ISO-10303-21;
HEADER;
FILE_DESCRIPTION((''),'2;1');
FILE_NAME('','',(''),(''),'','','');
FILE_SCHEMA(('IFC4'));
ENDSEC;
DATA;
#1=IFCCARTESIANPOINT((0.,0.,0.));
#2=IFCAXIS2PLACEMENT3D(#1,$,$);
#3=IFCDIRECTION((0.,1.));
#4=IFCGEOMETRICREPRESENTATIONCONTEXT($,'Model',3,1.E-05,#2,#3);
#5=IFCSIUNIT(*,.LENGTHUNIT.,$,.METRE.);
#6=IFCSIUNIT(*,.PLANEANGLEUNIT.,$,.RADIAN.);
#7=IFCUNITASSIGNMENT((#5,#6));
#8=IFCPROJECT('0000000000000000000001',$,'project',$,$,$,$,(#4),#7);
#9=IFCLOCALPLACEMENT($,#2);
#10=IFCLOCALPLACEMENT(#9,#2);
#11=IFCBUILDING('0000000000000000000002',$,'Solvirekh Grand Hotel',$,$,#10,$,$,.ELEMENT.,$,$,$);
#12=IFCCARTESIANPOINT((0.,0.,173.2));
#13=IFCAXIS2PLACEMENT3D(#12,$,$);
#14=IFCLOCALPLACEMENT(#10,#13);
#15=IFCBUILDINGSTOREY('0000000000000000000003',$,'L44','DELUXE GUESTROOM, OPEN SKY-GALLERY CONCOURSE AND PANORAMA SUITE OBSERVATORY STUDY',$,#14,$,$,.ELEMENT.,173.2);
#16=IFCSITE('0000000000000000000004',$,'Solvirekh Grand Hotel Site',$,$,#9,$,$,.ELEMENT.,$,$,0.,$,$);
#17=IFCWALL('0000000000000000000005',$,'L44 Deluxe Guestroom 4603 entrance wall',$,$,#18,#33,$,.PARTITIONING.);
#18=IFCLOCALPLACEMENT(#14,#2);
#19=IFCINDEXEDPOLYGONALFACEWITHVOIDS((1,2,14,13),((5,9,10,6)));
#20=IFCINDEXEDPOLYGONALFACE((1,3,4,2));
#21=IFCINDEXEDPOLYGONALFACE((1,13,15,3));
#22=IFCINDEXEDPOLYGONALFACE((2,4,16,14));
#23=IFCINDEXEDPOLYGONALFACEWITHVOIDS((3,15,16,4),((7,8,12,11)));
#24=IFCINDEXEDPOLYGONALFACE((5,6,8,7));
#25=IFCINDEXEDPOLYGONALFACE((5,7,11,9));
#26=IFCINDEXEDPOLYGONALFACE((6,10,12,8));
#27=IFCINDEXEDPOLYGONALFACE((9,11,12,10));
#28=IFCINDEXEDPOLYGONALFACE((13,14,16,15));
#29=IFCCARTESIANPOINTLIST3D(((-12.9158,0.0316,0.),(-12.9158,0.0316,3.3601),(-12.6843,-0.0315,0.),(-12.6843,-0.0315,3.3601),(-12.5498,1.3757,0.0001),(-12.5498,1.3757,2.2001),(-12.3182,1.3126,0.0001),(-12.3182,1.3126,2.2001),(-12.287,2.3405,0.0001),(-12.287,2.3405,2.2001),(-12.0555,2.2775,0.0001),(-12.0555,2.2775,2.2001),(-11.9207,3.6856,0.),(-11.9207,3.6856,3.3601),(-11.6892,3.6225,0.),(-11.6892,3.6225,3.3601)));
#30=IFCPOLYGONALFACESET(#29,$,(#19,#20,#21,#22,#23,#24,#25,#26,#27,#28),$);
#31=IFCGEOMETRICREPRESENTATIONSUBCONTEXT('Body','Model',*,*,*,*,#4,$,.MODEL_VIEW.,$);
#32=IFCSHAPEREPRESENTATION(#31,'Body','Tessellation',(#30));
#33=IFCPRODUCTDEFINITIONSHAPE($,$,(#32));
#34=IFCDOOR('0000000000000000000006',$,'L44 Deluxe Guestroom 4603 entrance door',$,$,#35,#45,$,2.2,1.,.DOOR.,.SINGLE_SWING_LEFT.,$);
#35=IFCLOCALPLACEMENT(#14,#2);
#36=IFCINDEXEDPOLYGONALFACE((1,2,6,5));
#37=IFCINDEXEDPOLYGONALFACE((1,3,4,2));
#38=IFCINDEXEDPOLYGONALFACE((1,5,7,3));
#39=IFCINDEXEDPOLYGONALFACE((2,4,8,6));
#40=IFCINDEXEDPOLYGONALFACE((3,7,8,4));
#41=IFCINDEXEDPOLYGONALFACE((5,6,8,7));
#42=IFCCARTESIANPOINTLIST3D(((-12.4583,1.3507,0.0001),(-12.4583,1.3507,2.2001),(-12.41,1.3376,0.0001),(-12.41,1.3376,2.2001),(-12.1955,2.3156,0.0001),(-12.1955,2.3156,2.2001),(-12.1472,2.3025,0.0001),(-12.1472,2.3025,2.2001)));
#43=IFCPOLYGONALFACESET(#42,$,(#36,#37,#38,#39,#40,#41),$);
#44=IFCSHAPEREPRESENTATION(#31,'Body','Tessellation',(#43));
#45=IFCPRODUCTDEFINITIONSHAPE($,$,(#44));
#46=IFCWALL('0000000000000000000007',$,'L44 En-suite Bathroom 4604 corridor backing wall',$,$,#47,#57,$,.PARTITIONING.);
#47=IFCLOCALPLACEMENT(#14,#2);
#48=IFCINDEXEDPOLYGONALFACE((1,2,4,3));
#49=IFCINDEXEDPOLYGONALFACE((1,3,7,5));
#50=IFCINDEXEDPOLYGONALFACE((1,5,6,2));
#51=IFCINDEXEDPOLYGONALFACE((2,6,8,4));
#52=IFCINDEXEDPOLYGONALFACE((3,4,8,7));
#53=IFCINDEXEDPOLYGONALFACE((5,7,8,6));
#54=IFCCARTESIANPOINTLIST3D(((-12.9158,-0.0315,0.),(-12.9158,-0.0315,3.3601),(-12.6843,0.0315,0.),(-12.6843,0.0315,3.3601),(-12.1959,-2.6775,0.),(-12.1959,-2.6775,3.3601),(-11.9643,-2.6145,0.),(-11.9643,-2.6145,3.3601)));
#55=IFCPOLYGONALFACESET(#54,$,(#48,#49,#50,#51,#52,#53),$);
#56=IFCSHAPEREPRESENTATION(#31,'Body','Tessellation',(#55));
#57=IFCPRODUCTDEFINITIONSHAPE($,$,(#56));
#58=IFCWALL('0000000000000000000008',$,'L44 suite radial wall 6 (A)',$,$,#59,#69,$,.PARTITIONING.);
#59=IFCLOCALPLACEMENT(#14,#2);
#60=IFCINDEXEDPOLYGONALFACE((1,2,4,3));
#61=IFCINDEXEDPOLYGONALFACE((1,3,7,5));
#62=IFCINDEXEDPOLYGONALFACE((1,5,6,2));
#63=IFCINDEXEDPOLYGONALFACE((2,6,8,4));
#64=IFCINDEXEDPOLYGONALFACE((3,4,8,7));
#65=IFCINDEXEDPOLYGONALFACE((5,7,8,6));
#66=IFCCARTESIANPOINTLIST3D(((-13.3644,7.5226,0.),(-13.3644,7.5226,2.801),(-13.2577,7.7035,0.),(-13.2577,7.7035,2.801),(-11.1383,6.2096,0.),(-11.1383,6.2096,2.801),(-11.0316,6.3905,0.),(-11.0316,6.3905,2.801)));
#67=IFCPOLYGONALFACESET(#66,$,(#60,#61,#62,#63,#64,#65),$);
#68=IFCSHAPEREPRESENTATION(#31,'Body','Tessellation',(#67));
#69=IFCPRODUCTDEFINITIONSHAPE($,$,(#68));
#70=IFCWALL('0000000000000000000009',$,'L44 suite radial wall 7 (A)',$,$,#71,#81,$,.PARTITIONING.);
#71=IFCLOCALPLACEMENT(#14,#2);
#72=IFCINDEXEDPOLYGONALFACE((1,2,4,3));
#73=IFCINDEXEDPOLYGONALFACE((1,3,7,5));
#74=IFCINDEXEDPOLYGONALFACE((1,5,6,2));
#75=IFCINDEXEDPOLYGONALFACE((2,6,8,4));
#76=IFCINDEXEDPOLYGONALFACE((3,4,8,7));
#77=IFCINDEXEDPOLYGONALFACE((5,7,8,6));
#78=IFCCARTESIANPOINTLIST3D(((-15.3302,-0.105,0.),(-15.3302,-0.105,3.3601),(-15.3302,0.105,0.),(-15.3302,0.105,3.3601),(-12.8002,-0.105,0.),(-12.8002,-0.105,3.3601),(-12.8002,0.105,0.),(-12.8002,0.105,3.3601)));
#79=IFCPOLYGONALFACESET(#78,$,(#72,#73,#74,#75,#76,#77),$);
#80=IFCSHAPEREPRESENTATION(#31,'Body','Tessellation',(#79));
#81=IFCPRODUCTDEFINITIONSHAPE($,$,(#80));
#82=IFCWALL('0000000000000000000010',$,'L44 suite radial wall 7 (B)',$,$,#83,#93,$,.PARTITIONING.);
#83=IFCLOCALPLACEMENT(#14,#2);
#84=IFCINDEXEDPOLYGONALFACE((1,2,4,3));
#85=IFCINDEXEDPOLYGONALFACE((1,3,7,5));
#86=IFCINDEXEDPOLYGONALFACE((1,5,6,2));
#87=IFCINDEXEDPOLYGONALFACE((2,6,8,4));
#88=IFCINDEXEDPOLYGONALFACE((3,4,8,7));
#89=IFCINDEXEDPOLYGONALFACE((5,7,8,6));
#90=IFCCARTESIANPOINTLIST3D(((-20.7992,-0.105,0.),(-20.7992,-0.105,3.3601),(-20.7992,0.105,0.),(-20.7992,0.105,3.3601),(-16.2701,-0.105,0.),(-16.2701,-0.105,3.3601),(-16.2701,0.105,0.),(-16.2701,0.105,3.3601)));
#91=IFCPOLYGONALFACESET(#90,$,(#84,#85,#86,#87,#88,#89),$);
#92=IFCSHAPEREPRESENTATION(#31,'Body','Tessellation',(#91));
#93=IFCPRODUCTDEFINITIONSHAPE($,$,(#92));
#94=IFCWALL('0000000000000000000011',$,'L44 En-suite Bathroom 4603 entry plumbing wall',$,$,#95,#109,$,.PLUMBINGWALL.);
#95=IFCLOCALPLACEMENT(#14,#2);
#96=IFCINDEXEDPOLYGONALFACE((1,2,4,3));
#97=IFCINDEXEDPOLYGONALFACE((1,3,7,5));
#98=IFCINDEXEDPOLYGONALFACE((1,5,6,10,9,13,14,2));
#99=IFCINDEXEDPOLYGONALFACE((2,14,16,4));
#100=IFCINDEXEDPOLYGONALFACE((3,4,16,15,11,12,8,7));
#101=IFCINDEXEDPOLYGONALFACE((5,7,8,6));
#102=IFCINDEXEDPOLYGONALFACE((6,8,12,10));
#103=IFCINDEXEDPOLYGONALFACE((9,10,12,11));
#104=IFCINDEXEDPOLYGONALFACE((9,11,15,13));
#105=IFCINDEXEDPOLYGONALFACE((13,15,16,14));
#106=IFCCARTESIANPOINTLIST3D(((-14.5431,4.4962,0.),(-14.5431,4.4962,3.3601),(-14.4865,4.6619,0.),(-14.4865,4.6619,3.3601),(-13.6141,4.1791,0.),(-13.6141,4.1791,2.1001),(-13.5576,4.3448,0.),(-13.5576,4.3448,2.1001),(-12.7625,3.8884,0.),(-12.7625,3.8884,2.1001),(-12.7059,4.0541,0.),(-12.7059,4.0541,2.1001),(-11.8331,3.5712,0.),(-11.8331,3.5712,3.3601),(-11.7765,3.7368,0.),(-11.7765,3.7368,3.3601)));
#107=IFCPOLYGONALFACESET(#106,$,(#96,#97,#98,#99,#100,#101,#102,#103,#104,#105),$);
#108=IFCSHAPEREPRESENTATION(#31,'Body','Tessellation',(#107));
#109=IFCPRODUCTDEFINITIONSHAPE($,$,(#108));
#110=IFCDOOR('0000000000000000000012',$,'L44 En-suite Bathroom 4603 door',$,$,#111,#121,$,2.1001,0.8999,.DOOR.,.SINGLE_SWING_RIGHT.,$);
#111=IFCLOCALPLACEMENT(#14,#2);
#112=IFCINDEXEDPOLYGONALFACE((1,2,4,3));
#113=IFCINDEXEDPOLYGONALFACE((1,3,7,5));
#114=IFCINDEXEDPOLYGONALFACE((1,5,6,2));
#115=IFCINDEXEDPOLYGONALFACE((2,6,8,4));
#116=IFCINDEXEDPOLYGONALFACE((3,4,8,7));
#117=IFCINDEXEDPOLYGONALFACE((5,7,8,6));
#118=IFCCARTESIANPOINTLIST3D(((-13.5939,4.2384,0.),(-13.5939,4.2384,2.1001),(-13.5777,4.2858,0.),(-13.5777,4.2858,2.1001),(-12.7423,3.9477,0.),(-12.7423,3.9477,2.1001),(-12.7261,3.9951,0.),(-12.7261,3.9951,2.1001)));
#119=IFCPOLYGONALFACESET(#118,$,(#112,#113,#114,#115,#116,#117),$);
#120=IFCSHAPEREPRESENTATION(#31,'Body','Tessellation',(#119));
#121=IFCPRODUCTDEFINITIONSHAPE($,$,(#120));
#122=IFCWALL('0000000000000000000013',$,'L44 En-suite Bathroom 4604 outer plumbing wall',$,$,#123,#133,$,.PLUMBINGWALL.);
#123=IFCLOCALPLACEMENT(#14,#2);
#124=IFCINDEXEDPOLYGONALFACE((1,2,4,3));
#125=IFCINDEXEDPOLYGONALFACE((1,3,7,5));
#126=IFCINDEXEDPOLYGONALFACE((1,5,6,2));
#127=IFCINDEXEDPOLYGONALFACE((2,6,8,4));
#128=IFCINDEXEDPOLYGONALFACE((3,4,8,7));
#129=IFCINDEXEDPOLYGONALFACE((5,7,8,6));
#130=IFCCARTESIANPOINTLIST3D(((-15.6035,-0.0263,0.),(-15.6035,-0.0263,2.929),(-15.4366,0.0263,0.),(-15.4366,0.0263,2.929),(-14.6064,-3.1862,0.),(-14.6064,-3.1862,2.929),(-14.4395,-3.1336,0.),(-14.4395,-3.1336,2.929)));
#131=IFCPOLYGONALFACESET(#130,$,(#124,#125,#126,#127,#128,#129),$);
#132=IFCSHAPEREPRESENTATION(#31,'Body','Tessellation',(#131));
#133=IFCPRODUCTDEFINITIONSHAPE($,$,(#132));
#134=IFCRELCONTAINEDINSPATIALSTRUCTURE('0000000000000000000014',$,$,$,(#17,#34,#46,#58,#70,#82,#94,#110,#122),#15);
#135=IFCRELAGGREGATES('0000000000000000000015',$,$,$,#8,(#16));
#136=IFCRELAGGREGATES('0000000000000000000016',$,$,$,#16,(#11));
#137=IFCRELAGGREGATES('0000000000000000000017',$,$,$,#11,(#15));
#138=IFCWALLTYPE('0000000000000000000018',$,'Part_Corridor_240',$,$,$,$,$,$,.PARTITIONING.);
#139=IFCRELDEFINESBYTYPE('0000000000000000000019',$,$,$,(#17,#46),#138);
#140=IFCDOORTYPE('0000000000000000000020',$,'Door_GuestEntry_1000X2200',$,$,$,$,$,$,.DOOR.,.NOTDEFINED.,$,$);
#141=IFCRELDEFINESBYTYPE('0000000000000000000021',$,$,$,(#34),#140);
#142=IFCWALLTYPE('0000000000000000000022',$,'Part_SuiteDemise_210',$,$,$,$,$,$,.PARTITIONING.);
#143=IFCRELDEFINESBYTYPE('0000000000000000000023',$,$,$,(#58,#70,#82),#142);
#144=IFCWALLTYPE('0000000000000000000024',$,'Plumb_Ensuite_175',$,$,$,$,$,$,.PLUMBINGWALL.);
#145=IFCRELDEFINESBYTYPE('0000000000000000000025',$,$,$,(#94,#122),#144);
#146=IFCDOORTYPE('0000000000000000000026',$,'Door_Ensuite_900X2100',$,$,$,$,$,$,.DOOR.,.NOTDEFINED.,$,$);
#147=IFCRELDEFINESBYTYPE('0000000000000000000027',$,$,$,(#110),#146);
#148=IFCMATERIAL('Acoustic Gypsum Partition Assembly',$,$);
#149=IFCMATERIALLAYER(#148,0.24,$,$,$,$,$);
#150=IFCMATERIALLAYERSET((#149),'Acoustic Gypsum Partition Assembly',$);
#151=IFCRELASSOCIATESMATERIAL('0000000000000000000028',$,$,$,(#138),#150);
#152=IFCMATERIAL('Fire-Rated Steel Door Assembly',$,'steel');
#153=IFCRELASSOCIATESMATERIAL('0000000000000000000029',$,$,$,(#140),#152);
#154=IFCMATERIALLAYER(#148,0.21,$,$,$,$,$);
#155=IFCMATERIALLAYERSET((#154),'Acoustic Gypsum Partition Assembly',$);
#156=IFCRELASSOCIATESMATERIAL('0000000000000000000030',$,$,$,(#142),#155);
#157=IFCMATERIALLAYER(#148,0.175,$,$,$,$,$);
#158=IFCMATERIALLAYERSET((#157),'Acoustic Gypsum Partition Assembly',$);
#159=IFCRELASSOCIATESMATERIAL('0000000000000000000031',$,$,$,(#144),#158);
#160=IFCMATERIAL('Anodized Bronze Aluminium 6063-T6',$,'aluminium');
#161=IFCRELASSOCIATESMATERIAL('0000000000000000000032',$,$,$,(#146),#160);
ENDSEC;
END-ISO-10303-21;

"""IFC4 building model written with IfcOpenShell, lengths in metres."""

from ifc_helpers import new_model, si_unit, direction, frame, frame_2d, origin, place, context, subcontext, project, spatial, rectangle, extrude, material, layer, layer_set, type_object, element, fill, save


model = new_model("IFC4")

# Units and contexts
model_context = context("Model", 3, precision=1e-05, world=origin(), true_north=direction((0.0, 1.0)))
body_context = subcontext(model_context, "Body", "Model", "MODEL_VIEW")
ifc_project = project(units=[si_unit("LENGTHUNIT", "METRE"), si_unit("PLANEANGLEUNIT", "RADIAN")], contexts=[model_context])

# Site, building, storey
site_placement = place(None, origin())
site = spatial("IfcSite", under=ifc_project, at=site_placement, Name="Solvirekh Grand Hotel Site", CompositionType="ELEMENT", RefElevation=0.0)
building_placement = place(site_placement, origin())
building = spatial("IfcBuilding", under=site, at=building_placement, Name="Solvirekh Grand Hotel", CompositionType="ELEMENT")
storey_placement = place(building_placement, frame((0.0, 0.0, 173.2)))
storey = spatial("IfcBuildingStorey", under=building, at=storey_placement, Name="L44", Description="DELUXE GUESTROOM, OPEN SKY-GALLERY CONCOURSE AND PANORAMA SUITE OBSERVATORY STUDY", CompositionType="ELEMENT", Elevation=173.2)

# Shared definitions
ifc_material_1 = material(Name="Anodized Bronze Aluminium 6063-T6", Category="aluminium")

# Wall, opening, door
ifc_material_2 = material(Name="Acoustic Gypsum Partition Assembly")
ifc_layer_1 = layer(ifc_material_2, 0.24)
ifc_layer_set_1 = layer_set([ifc_layer_1], Name="Acoustic Gypsum Partition Assembly")
wall_type_1 = type_object("IfcWallType", Name="Part_Corridor_240", PredefinedType="PARTITIONING", material=ifc_layer_set_1)
ifc_material_3 = material(Name="Fire-Rated Steel Door Assembly", Category="steel")
door_type_1 = type_object("IfcDoorType", Name="Door_GuestEntry_1000X2200", OperationType="NOTDEFINED", PredefinedType="DOOR", material=ifc_material_3)
wall_1_placement = place(storey_placement, frame((-11.8049, 3.6541, 0.0), z_axis=(0.0, 0.0, 1.0), x_axis=(-0.262763, -0.96486, 0.0)))
wall_1 = element("IfcWall", 1, at=wall_1_placement, inside=storey, type_object=wall_type_1, Name="L44 Deluxe Guestroom 4603 entrance wall", PredefinedType="PARTITIONING", context=body_context, shape_type="SweptSolid", body=[
    extrude(rectangle(XDim=3.7871, YDim=0.24, at=frame_2d((1.8936, 0.0))), origin(), (0.0, 0.0, 1.0), 3.3601),
])
opening_1_placement = place(wall_1_placement, frame((1.394, 0.0, 0.0)))
opening_1 = element("IfcOpeningElement", 2, at=opening_1_placement, cuts=wall_1, PredefinedType="OPENING", context=body_context, shape_type="SweptSolid", body=[
    extrude(rectangle(XDim=1.0, YDim=2.2, at=frame_2d((0.5, 1.1001))), frame((0.0, 0.1299, 0.0), z_axis=(0.0, -1.0, 0.0), x_axis=(1.0, 0.0, 0.0)), (0.0, 0.0, 1.0), 0.26),
])
door_1_placement = place(opening_1_placement, origin())
door_1 = element("IfcDoor", 3, at=door_1_placement, inside=storey, type_object=door_type_1, Name="L44 Deluxe Guestroom 4603 entrance door", OperationType="SINGLE_SWING_LEFT", OverallHeight=2.2, OverallWidth=1.0, PredefinedType="DOOR", context=body_context, shape_type="SweptSolid", body=[
    extrude(rectangle(XDim=1.0, YDim=2.2, at=frame_2d((0.5, 1.1001))), frame((0.0, 0.0249, 0.0), z_axis=(0.0, -1.0, 0.0), x_axis=(1.0, 0.0, 0.0)), (0.0, 0.0, 1.0), 0.05),
])
fill(opening_1, door_1)

# Walls
wall_2_placement = place(storey_placement, frame((-12.8, 0.0, 0.0), z_axis=(0.0, 0.0, 1.0), x_axis=(0.262552, -0.964918, 0.0)))
element("IfcWall", 4, at=wall_2_placement, inside=storey, type_object=wall_type_1, Name="L44 En-suite Bathroom 4604 corridor backing wall", PredefinedType="PARTITIONING", context=body_context, shape_type="SweptSolid", body=[
    extrude(rectangle(XDim=2.7422, YDim=0.24, at=frame_2d((1.3711, 0.0))), origin(), (0.0, 0.0, 1.0), 3.3601),
])
ifc_layer_2 = layer(ifc_material_2, 0.21)
ifc_layer_set_2 = layer_set([ifc_layer_2], Name="Acoustic Gypsum Partition Assembly")
wall_type_2 = type_object("IfcWallType", Name="Part_SuiteDemise_210", PredefinedType="PARTITIONING", material=ifc_layer_set_2)
wall_3_placement = place(storey_placement, frame((-11.085, 6.3, 0.0), z_axis=(0.0, 0.0, 1.0), x_axis=(-0.861336, 0.508035, 0.0)))
element("IfcWall", 5, at=wall_3_placement, inside=storey, type_object=wall_type_2, Name="L44 suite radial wall 6 (A)", PredefinedType="PARTITIONING", context=body_context, shape_type="SweptSolid", body=[
    extrude(rectangle(XDim=2.5845, YDim=0.21, at=frame_2d((1.2922, 0.0))), origin(), (0.0, 0.0, 1.0), 2.801),
])
wall_4_placement = place(storey_placement, frame((-12.8, 0.0, 0.0), z_axis=(0.0, 0.0, 1.0), x_axis=(-1.0, 0.0, 0.0)))
element("IfcWall", 6, at=wall_4_placement, inside=storey, type_object=wall_type_2, Name="L44 suite radial wall 7 (A)", PredefinedType="PARTITIONING", context=body_context, shape_type="SweptSolid", body=[
    extrude(rectangle(XDim=2.53, YDim=0.21, at=frame_2d((1.2651, 0.0))), origin(), (0.0, 0.0, 1.0), 3.3601),
])
wall_5_placement = place(storey_placement, frame((-16.27, 0.0, 0.0), z_axis=(0.0, 0.0, 1.0), x_axis=(-1.0, 0.0, 0.0)))
element("IfcWall", 7, at=wall_5_placement, inside=storey, type_object=wall_type_2, Name="L44 suite radial wall 7 (B)", PredefinedType="PARTITIONING", context=body_context, shape_type="SweptSolid", body=[
    extrude(rectangle(XDim=4.5291, YDim=0.21, at=frame_2d((2.2646, 0.0))), origin(), (0.0, 0.0, 1.0), 3.3601),
])

# Wall, opening, door
ifc_layer_3 = layer(ifc_material_2, 0.175)
ifc_layer_set_3 = layer_set([ifc_layer_3], Name="Acoustic Gypsum Partition Assembly")
wall_type_3 = type_object("IfcWallType", Name="Plumb_Ensuite_175", PredefinedType="PLUMBINGWALL", material=ifc_layer_set_3)
wall_6_placement = place(storey_placement, frame((-11.8049, 3.6541, 0.0), z_axis=(0.0, 0.0, 1.0), x_axis=(-0.946382, 0.323049, 0.0)))
wall_6 = element("IfcWall", 8, at=wall_6_placement, inside=storey, type_object=wall_type_3, Name="L44 En-suite Bathroom 4603 entry plumbing wall", PredefinedType="PLUMBINGWALL", context=body_context, shape_type="SweptSolid", body=[
    extrude(rectangle(XDim=2.8635, YDim=0.175, at=frame_2d((1.4316, 0.0))), origin(), (0.0, 0.0, 1.0), 3.3601),
])
opening_2_placement = place(wall_6_placement, frame((0.9819, 0.0, 0.0)))
opening_2 = element("IfcOpeningElement", 9, at=opening_2_placement, cuts=wall_6, PredefinedType="OPENING", context=body_context, shape_type="SweptSolid", body=[
    extrude(rectangle(XDim=0.8999, YDim=2.1001, at=frame_2d((0.45, 1.05))), frame((0.0, 0.0977, 0.0), z_axis=(0.0, -1.0, 0.0), x_axis=(1.0, 0.0, 0.0)), (0.0, 0.0, 1.0), 0.1951),
])
door_type_2 = type_object("IfcDoorType", Name="Door_Ensuite_900X2100", OperationType="NOTDEFINED", PredefinedType="DOOR", material=ifc_material_1)
door_2_placement = place(opening_2_placement, origin())
door_2 = element("IfcDoor", 10, at=door_2_placement, inside=storey, type_object=door_type_2, Name="L44 En-suite Bathroom 4603 door", OperationType="SINGLE_SWING_RIGHT", OverallHeight=2.1001, OverallWidth=0.8999, PredefinedType="DOOR", context=body_context, shape_type="SweptSolid", body=[
    extrude(rectangle(XDim=0.8999, YDim=2.1001, at=frame_2d((0.45, 1.05))), frame((0.0, 0.0249, 0.0), z_axis=(0.0, -1.0, 0.0), x_axis=(1.0, 0.0, 0.0)), (0.0, 0.0, 1.0), 0.05),
])
fill(opening_2, door_2)

# Wall
wall_7_placement = place(storey_placement, frame((-15.52, 0.0, 0.0), z_axis=(0.0, 0.0, 1.0), x_axis=(0.300913, -0.953652, 0.0)))
element("IfcWall", 11, at=wall_7_placement, inside=storey, type_object=wall_type_3, Name="L44 En-suite Bathroom 4604 outer plumbing wall", PredefinedType="PLUMBINGWALL", context=body_context, shape_type="SweptSolid", body=[
    extrude(rectangle(XDim=3.3135, YDim=0.175, at=frame_2d((1.6567, 0.0))), origin(), (0.0, 0.0, 1.0), 2.929),
])

save(model, "model.ifc")
